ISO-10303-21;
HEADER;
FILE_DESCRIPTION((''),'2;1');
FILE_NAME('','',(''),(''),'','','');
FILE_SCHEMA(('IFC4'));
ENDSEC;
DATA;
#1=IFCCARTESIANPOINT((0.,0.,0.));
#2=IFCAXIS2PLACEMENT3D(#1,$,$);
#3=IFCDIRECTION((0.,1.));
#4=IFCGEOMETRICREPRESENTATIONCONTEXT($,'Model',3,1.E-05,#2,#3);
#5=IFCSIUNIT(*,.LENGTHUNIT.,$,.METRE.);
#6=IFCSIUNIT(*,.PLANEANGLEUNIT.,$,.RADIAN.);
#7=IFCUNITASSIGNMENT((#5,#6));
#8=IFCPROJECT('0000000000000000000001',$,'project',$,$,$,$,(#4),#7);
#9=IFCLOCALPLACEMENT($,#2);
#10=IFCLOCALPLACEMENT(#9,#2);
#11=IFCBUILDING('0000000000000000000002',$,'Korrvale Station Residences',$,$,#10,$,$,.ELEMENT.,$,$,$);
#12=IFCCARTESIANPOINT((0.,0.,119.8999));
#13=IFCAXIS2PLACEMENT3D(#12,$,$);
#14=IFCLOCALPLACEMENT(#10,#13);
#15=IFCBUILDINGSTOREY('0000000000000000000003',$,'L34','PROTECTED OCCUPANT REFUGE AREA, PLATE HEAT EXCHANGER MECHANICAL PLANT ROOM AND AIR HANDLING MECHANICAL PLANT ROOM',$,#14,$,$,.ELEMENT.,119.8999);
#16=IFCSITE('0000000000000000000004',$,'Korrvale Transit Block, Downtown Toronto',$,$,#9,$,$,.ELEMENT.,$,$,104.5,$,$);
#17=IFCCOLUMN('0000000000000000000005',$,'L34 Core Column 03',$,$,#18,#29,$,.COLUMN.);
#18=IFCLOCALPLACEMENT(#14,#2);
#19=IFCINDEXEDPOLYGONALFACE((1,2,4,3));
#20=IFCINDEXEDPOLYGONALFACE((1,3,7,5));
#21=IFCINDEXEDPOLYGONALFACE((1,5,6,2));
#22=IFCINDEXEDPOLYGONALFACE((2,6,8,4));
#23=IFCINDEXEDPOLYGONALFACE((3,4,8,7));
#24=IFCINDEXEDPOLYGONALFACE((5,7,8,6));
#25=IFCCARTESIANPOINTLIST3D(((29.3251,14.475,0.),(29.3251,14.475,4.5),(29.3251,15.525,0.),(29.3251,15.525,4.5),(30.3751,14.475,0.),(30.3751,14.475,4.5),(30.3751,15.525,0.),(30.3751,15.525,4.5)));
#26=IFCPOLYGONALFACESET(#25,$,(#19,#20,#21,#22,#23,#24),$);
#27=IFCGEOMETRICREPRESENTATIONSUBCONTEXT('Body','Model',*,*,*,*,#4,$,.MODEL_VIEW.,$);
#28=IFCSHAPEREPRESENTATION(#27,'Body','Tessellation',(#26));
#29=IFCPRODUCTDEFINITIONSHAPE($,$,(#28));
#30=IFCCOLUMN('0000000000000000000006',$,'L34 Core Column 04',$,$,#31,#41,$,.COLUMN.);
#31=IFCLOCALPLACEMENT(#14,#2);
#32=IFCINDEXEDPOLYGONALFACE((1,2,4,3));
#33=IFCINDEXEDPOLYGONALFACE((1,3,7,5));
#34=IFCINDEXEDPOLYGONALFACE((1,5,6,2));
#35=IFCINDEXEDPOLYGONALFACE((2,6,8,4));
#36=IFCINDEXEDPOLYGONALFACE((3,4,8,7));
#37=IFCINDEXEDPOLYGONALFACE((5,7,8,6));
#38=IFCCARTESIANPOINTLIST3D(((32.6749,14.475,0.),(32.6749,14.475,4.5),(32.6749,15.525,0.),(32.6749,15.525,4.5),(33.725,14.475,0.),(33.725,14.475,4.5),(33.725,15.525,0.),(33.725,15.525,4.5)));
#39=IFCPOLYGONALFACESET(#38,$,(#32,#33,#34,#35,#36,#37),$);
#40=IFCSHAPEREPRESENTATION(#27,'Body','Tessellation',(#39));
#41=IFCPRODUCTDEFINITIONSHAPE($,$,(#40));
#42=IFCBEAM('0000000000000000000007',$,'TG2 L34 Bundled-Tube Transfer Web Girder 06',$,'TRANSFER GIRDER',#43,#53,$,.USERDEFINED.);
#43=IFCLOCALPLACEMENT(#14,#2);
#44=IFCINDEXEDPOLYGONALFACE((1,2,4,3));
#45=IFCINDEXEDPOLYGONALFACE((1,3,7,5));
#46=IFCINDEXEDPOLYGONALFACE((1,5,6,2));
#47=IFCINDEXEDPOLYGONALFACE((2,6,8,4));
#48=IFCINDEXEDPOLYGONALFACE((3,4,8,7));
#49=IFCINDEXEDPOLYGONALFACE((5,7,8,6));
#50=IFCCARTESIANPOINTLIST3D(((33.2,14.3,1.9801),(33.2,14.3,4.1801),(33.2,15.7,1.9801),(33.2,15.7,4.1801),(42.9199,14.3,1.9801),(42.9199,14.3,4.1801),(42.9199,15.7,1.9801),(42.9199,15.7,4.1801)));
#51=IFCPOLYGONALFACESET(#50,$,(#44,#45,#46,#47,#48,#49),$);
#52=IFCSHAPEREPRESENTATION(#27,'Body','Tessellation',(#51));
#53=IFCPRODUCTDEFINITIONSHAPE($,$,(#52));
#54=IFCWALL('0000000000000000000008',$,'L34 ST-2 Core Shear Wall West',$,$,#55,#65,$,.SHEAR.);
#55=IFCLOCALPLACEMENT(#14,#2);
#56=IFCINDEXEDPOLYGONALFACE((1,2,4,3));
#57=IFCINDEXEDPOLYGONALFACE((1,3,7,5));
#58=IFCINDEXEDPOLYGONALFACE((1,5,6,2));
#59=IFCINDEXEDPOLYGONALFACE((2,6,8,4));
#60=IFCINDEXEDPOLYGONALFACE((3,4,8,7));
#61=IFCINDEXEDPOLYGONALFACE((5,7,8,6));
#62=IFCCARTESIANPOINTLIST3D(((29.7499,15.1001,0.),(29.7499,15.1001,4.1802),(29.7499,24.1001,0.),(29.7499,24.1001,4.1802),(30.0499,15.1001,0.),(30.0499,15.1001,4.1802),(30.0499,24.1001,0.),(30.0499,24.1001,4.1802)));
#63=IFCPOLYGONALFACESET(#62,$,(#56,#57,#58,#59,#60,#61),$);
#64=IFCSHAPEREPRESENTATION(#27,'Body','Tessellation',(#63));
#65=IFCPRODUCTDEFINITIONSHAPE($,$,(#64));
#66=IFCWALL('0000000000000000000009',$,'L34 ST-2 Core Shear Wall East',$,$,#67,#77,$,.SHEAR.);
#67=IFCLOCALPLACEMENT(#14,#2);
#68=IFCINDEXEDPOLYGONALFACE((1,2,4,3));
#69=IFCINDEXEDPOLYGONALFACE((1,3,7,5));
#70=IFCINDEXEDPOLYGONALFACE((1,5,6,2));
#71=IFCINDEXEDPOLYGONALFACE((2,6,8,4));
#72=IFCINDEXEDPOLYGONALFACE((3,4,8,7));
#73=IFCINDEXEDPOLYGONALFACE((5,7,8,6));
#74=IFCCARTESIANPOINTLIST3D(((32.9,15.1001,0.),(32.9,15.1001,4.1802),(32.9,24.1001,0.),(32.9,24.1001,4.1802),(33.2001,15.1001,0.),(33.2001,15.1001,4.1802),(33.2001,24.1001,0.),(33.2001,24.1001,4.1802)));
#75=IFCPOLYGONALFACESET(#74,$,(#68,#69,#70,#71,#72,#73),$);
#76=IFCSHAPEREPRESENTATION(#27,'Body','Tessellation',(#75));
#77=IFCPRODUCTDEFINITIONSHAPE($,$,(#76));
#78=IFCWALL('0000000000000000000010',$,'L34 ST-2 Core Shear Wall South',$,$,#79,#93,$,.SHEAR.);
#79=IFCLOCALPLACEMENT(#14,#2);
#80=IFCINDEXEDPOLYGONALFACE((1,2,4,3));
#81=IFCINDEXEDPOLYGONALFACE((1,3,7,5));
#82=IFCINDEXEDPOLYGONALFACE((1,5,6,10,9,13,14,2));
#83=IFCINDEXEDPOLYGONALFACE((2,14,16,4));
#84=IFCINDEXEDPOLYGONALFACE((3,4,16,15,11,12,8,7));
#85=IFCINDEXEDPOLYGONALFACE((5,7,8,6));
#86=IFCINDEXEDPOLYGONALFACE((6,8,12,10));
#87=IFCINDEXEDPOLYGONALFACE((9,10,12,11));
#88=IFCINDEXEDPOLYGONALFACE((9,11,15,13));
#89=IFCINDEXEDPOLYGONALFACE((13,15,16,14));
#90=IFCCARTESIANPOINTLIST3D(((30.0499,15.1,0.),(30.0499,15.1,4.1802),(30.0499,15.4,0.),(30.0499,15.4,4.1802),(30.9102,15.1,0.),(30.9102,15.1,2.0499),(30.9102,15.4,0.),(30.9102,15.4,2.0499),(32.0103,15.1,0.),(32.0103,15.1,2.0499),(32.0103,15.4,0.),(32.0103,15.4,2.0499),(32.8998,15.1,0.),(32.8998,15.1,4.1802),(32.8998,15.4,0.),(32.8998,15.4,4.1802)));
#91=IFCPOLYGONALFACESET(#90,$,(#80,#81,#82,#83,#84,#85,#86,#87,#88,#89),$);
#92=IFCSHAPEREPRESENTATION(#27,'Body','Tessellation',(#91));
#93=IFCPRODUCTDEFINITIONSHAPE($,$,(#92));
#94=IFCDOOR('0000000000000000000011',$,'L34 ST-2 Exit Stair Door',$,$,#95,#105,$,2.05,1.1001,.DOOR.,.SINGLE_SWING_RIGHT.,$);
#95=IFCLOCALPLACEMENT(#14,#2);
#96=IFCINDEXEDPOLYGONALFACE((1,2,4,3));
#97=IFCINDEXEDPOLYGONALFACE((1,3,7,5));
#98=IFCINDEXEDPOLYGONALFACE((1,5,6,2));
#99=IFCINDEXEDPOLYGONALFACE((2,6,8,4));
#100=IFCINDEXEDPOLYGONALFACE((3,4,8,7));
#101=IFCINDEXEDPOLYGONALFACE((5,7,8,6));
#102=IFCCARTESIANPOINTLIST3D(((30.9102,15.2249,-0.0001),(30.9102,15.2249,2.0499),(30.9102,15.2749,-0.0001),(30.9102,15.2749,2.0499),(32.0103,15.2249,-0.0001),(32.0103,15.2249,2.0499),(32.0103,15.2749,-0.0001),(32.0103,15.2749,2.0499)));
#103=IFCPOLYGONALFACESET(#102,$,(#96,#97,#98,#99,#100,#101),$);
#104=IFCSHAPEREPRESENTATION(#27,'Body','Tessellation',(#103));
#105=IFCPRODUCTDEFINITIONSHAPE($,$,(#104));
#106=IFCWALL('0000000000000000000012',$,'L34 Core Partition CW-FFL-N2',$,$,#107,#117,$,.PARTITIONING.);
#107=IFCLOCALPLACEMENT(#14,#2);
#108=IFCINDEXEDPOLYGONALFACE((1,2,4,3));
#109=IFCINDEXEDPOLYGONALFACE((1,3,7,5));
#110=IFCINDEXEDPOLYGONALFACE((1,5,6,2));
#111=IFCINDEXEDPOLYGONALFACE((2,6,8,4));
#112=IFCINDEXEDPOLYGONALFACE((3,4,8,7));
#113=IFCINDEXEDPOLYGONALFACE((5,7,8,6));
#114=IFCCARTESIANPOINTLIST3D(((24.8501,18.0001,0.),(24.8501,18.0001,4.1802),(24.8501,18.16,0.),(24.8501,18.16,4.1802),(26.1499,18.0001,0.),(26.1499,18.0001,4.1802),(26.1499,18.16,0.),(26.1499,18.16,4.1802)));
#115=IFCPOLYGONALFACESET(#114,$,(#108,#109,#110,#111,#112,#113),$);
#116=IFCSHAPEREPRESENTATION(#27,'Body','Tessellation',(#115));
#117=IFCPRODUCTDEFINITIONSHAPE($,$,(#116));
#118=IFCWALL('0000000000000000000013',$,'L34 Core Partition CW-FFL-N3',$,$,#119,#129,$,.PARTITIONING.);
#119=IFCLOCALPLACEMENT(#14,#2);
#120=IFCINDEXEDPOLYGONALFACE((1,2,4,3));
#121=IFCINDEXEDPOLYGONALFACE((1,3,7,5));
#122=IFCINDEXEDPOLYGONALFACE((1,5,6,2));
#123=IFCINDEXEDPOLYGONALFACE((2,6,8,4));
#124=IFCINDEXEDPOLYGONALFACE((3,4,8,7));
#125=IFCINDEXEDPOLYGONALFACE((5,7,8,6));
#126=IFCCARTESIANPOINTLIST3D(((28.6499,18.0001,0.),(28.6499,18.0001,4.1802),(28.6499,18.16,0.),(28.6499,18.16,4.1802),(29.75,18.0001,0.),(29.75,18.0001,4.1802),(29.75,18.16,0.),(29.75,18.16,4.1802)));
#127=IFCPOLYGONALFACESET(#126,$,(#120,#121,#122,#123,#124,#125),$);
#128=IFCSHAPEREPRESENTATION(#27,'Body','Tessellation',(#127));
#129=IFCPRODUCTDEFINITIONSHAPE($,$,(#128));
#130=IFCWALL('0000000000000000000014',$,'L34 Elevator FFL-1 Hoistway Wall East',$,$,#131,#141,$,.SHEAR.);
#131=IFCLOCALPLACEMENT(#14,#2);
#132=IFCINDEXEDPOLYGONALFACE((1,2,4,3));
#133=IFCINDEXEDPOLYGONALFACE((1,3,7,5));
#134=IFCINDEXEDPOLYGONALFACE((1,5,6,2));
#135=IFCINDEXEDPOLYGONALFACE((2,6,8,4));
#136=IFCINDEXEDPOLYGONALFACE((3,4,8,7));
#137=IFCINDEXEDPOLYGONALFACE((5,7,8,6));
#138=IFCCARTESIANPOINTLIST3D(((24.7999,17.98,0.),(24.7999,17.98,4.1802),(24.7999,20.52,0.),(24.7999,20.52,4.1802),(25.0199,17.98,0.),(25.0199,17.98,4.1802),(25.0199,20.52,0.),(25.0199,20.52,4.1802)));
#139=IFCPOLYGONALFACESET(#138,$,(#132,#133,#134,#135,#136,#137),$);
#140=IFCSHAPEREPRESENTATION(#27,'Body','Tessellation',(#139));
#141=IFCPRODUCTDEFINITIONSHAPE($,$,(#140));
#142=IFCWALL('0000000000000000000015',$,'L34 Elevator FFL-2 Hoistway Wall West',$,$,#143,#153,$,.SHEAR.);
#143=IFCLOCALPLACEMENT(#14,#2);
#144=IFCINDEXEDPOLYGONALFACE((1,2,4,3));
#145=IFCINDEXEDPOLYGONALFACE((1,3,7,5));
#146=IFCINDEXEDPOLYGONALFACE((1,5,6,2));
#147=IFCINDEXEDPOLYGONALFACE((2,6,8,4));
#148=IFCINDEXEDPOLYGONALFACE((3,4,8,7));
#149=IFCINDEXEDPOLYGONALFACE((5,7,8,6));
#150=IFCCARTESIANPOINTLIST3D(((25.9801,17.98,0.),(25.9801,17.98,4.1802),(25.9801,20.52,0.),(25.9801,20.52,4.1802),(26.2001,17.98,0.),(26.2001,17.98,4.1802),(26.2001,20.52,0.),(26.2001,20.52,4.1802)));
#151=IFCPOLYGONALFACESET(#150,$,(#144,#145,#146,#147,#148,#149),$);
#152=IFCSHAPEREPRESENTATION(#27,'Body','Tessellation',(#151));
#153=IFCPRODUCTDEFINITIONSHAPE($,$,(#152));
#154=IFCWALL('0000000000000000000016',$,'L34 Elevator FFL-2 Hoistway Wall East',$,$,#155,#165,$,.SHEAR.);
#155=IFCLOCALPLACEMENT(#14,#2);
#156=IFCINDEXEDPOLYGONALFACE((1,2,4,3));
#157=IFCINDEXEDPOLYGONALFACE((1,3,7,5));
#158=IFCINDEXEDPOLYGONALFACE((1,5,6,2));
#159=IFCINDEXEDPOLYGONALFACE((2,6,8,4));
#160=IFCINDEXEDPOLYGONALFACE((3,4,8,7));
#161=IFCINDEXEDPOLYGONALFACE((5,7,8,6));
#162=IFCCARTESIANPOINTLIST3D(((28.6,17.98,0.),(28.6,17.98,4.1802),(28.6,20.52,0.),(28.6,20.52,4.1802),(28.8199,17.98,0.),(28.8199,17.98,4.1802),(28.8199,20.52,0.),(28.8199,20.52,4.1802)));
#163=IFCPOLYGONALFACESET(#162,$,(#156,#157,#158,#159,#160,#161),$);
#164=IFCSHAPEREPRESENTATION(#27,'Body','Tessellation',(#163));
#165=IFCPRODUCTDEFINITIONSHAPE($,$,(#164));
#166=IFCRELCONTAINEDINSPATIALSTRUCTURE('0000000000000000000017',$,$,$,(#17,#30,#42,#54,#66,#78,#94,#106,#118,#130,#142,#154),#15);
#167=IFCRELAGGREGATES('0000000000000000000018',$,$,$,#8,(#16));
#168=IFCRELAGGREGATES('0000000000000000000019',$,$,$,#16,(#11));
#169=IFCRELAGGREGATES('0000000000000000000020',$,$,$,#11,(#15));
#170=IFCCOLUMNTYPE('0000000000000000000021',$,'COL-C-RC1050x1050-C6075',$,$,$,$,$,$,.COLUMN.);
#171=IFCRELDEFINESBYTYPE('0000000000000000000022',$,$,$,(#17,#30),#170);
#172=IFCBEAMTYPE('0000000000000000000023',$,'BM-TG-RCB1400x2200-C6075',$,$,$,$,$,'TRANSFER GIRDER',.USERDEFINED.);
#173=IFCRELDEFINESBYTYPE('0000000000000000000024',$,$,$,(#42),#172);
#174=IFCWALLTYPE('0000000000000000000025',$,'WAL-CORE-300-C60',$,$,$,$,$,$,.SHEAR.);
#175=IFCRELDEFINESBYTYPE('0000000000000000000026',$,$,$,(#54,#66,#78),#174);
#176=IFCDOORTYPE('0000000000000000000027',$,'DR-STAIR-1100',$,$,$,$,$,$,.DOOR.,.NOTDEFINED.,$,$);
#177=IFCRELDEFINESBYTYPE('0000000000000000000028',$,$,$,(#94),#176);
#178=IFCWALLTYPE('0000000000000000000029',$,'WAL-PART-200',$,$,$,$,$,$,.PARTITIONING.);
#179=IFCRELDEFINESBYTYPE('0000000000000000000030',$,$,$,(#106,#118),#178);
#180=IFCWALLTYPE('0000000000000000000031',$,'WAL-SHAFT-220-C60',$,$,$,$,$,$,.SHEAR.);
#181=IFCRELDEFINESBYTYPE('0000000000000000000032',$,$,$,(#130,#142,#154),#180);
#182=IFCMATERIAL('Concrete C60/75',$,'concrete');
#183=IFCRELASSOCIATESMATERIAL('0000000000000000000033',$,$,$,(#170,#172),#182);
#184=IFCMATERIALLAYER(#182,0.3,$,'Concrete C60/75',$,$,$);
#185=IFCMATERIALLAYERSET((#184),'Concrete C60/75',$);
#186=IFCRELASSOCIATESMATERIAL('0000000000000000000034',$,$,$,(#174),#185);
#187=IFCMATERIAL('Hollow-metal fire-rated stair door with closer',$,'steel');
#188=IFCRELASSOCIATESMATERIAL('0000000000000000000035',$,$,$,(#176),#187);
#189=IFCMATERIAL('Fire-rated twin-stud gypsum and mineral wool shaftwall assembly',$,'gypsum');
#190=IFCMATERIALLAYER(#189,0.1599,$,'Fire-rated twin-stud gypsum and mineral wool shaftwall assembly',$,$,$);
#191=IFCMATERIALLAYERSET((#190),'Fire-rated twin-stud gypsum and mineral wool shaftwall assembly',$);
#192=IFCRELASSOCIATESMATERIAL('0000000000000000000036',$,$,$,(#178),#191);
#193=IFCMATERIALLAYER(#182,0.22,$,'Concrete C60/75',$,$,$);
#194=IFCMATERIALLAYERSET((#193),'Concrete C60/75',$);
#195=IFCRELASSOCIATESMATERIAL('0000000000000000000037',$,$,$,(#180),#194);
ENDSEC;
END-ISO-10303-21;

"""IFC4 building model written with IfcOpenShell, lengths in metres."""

from ifc_helpers import new_model, si_unit, direction, frame, frame_2d, origin, origin_2d, place, context, subcontext, project, spatial, rectangle, extrude, material, layer, layer_set, material_profile, profile_set, type_object, element, fill, save


model = new_model("IFC4")

# Units and contexts
model_context = context("Model", 3, precision=1e-05, world=origin(), true_north=direction((0.0, 1.0)))
body_context = subcontext(model_context, "Body", "Model", "MODEL_VIEW")
ifc_project = project(units=[si_unit("LENGTHUNIT", "METRE"), si_unit("PLANEANGLEUNIT", "RADIAN")], contexts=[model_context])

# Site, building, storey
site_placement = place(None, origin())
site = spatial("IfcSite", under=ifc_project, at=site_placement, Name="Korrvale Transit Block, Downtown Toronto", CompositionType="ELEMENT", RefElevation=104.5)
building_placement = place(site_placement, origin())
building = spatial("IfcBuilding", under=site, at=building_placement, Name="Korrvale Station Residences", CompositionType="ELEMENT")
storey_placement = place(building_placement, frame((0.0, 0.0, 119.8999)))
storey = spatial("IfcBuildingStorey", under=building, at=storey_placement, Name="L34", Description="PROTECTED OCCUPANT REFUGE AREA, PLATE HEAT EXCHANGER MECHANICAL PLANT ROOM AND AIR HANDLING MECHANICAL PLANT ROOM", CompositionType="ELEMENT", Elevation=119.8999)

# Columns
ifc_material_1 = material(Name="Concrete C60/75", Category="concrete")
ifc_material_profile_1 = material_profile(ifc_material_1, rectangle(XDim=1.05, YDim=1.05, at=origin_2d()), Name="RC1050x1050")
ifc_profile_set_1 = profile_set([ifc_material_profile_1], Name="Concrete C60/75")
column_type = type_object("IfcColumnType", Name="COL-C-RC1050x1050-C6075", PredefinedType="COLUMN", material=ifc_profile_set_1)
for number, where, z_axis, x_axis, name in (
    (1, (29.8501, 15.0, 0.0), (0.0, 0.0, 1.0), (1.0, 0.0, 0.0), "L34 Core Column 03"),
    (2, (33.2, 15.0, 0.0), (0.0, 0.0, 1.0), (1.0, 0.0, 0.0), "L34 Core Column 04"),
):
    element("IfcColumn", number, at=place(storey_placement, frame(where, z_axis=z_axis, x_axis=x_axis)), inside=storey, type_object=column_type, Name=name, PredefinedType="COLUMN", context=body_context, shape_type="SweptSolid", body=[
        extrude(rectangle(XDim=1.05, YDim=1.05, at=origin_2d()), origin(), (0.0, 0.0, 1.0), 4.5),
    ])

# Beam
ifc_material_profile_2 = material_profile(ifc_material_1, rectangle(XDim=1.3999, YDim=2.2, at=origin_2d()), Name="RCB1400x2200")
ifc_profile_set_2 = profile_set([ifc_material_profile_2], Name="Concrete C60/75")
beam_type = type_object("IfcBeamType", Name="BM-TG-RCB1400x2200-C6075", ElementType="TRANSFER GIRDER", PredefinedType="USERDEFINED", material=ifc_profile_set_2)
beam_placement = place(storey_placement, frame((33.2, 15.0, 3.0801), z_axis=(1.0, 0.0, 0.0), x_axis=(0.0, 1.0, 0.0)))
element("IfcBeam", 3, at=beam_placement, inside=storey, type_object=beam_type, Name="TG2 L34 Bundled-Tube Transfer Web Girder 06", ObjectType="TRANSFER GIRDER", PredefinedType="USERDEFINED", context=body_context, shape_type="SweptSolid", body=[
    extrude(rectangle(XDim=1.3999, YDim=2.2, at=origin_2d()), origin(), (0.0, 0.0, 1.0), 9.72),
])

# Walls
ifc_layer_1 = layer(ifc_material_1, 0.3, Name="Concrete C60/75")
ifc_layer_set_1 = layer_set([ifc_layer_1], Name="Concrete C60/75")
wall_type_1 = type_object("IfcWallType", Name="WAL-CORE-300-C60", PredefinedType="SHEAR", material=ifc_layer_set_1)
for number, where, z_axis, x_axis, name in (
    (4, (29.8999, 15.1001, 0.0), (0.0, 0.0, 1.0), (0.0, 1.0, 0.0), "L34 ST-2 Core Shear Wall West"),
    (5, (33.05, 15.1001, 0.0), (0.0, 0.0, 1.0), (0.0, 1.0, 0.0), "L34 ST-2 Core Shear Wall East"),
):
    element("IfcWall", number, at=place(storey_placement, frame(where, z_axis=z_axis, x_axis=x_axis)), inside=storey, type_object=wall_type_1, Name=name, PredefinedType="SHEAR", context=body_context, shape_type="SweptSolid", body=[
        extrude(rectangle(XDim=9.0, YDim=0.3, at=frame_2d((4.5, 0.0))), origin(), (0.0, 0.0, 1.0), 4.1802),
    ])

# Wall, opening, door
wall_1_placement = place(storey_placement, frame((30.05, 15.25, 0.0), z_axis=(0.0, 0.0, 1.0), x_axis=(1.0, 0.0, 0.0)))
wall_1 = element("IfcWall", 6, at=wall_1_placement, inside=storey, type_object=wall_type_1, Name="L34 ST-2 Core Shear Wall South", PredefinedType="SHEAR", context=body_context, shape_type="SweptSolid", body=[
    extrude(rectangle(XDim=2.8499, YDim=0.3, at=frame_2d((1.4248, 0.0))), origin(), (0.0, 0.0, 1.0), 4.1802),
])
opening_1_placement = place(wall_1_placement, frame((0.8601, 0.0, 0.0)))
opening_1 = element("IfcOpeningElement", 7, at=opening_1_placement, cuts=wall_1, PredefinedType="OPENING", context=body_context, shape_type="SweptSolid", body=[
    extrude(rectangle(XDim=1.1001, YDim=2.05, at=frame_2d((0.55, 1.0249))), frame((0.0, 0.1602, 0.0), z_axis=(0.0, -1.0, 0.0), x_axis=(1.0, 0.0, 0.0)), (0.0, 0.0, 1.0), 0.3201),
])
ifc_material_2 = material(Name="Hollow-metal fire-rated stair door with closer", Category="steel")
door_type_1 = type_object("IfcDoorType", Name="DR-STAIR-1100", OperationType="NOTDEFINED", PredefinedType="DOOR", material=ifc_material_2)
door_1_placement = place(opening_1_placement, origin())
door_1 = element("IfcDoor", 8, at=door_1_placement, inside=storey, type_object=door_type_1, Name="L34 ST-2 Exit Stair Door", OperationType="SINGLE_SWING_RIGHT", OverallHeight=2.05, OverallWidth=1.1001, PredefinedType="DOOR", context=body_context, shape_type="SweptSolid", body=[
    extrude(rectangle(XDim=1.1001, YDim=2.05, at=frame_2d((0.55, 1.0249))), frame((0.0, 0.0249, 0.0), z_axis=(0.0, -1.0, 0.0), x_axis=(1.0, 0.0, 0.0)), (0.0, 0.0, 1.0), 0.05),
])
fill(opening_1, door_1)

# Walls
ifc_material_3 = material(Name="Fire-rated twin-stud gypsum and mineral wool shaftwall assembly", Category="gypsum")
ifc_layer_2 = layer(ifc_material_3, 0.1599, Name="Fire-rated twin-stud gypsum and mineral wool shaftwall assembly")
ifc_layer_set_2 = layer_set([ifc_layer_2], Name="Fire-rated twin-stud gypsum and mineral wool shaftwall assembly")
wall_type_2 = type_object("IfcWallType", Name="WAL-PART-200", PredefinedType="PARTITIONING", material=ifc_layer_set_2)
wall_2_placement = place(storey_placement, frame((24.8501, 18.0801, 0.0), z_axis=(0.0, 0.0, 1.0), x_axis=(1.0, 0.0, 0.0)))
element("IfcWall", 9, at=wall_2_placement, inside=storey, type_object=wall_type_2, Name="L34 Core Partition CW-FFL-N2", PredefinedType="PARTITIONING", context=body_context, shape_type="SweptSolid", body=[
    extrude(rectangle(XDim=1.2998, YDim=0.1599, at=frame_2d((0.6499, 0.0))), origin(), (0.0, 0.0, 1.0), 4.1802),
])
wall_3_placement = place(storey_placement, frame((28.6499, 18.0801, 0.0), z_axis=(0.0, 0.0, 1.0), x_axis=(1.0, 0.0, 0.0)))
element("IfcWall", 10, at=wall_3_placement, inside=storey, type_object=wall_type_2, Name="L34 Core Partition CW-FFL-N3", PredefinedType="PARTITIONING", context=body_context, shape_type="SweptSolid", body=[
    extrude(rectangle(XDim=1.1001, YDim=0.1599, at=frame_2d((0.55, 0.0))), origin(), (0.0, 0.0, 1.0), 4.1802),
])
ifc_layer_3 = layer(ifc_material_1, 0.22, Name="Concrete C60/75")
ifc_layer_set_3 = layer_set([ifc_layer_3], Name="Concrete C60/75")
wall_type_3 = type_object("IfcWallType", Name="WAL-SHAFT-220-C60", PredefinedType="SHEAR", material=ifc_layer_set_3)
wall_4_placement = place(storey_placement, frame((24.9099, 17.98, 0.0), z_axis=(0.0, 0.0, 1.0), x_axis=(0.0, 1.0, 0.0)))
element("IfcWall", 11, at=wall_4_placement, inside=storey, type_object=wall_type_3, Name="L34 Elevator FFL-1 Hoistway Wall East", PredefinedType="SHEAR", context=body_context, shape_type="SweptSolid", body=[
    extrude(rectangle(XDim=2.54, YDim=0.22, at=frame_2d((1.27, 0.0))), origin(), (0.0, 0.0, 1.0), 4.1802),
])

# Walls
for number, where, z_axis, x_axis, name in (
    (12, (26.0901, 17.98, 0.0), (0.0, 0.0, 1.0), (0.0, 1.0, 0.0), "L34 Elevator FFL-2 Hoistway Wall West"),
    (13, (28.71, 17.98, 0.0), (0.0, 0.0, 1.0), (0.0, 1.0, 0.0), "L34 Elevator FFL-2 Hoistway Wall East"),
):
    element("IfcWall", number, at=place(storey_placement, frame(where, z_axis=z_axis, x_axis=x_axis)), inside=storey, type_object=wall_type_3, Name=name, PredefinedType="SHEAR", context=body_context, shape_type="SweptSolid", body=[
        extrude(rectangle(XDim=2.54, YDim=0.22, at=frame_2d((1.27, 0.0))), origin(), (0.0, 0.0, 1.0), 4.1802),
    ])

save(model, "model.ifc")
